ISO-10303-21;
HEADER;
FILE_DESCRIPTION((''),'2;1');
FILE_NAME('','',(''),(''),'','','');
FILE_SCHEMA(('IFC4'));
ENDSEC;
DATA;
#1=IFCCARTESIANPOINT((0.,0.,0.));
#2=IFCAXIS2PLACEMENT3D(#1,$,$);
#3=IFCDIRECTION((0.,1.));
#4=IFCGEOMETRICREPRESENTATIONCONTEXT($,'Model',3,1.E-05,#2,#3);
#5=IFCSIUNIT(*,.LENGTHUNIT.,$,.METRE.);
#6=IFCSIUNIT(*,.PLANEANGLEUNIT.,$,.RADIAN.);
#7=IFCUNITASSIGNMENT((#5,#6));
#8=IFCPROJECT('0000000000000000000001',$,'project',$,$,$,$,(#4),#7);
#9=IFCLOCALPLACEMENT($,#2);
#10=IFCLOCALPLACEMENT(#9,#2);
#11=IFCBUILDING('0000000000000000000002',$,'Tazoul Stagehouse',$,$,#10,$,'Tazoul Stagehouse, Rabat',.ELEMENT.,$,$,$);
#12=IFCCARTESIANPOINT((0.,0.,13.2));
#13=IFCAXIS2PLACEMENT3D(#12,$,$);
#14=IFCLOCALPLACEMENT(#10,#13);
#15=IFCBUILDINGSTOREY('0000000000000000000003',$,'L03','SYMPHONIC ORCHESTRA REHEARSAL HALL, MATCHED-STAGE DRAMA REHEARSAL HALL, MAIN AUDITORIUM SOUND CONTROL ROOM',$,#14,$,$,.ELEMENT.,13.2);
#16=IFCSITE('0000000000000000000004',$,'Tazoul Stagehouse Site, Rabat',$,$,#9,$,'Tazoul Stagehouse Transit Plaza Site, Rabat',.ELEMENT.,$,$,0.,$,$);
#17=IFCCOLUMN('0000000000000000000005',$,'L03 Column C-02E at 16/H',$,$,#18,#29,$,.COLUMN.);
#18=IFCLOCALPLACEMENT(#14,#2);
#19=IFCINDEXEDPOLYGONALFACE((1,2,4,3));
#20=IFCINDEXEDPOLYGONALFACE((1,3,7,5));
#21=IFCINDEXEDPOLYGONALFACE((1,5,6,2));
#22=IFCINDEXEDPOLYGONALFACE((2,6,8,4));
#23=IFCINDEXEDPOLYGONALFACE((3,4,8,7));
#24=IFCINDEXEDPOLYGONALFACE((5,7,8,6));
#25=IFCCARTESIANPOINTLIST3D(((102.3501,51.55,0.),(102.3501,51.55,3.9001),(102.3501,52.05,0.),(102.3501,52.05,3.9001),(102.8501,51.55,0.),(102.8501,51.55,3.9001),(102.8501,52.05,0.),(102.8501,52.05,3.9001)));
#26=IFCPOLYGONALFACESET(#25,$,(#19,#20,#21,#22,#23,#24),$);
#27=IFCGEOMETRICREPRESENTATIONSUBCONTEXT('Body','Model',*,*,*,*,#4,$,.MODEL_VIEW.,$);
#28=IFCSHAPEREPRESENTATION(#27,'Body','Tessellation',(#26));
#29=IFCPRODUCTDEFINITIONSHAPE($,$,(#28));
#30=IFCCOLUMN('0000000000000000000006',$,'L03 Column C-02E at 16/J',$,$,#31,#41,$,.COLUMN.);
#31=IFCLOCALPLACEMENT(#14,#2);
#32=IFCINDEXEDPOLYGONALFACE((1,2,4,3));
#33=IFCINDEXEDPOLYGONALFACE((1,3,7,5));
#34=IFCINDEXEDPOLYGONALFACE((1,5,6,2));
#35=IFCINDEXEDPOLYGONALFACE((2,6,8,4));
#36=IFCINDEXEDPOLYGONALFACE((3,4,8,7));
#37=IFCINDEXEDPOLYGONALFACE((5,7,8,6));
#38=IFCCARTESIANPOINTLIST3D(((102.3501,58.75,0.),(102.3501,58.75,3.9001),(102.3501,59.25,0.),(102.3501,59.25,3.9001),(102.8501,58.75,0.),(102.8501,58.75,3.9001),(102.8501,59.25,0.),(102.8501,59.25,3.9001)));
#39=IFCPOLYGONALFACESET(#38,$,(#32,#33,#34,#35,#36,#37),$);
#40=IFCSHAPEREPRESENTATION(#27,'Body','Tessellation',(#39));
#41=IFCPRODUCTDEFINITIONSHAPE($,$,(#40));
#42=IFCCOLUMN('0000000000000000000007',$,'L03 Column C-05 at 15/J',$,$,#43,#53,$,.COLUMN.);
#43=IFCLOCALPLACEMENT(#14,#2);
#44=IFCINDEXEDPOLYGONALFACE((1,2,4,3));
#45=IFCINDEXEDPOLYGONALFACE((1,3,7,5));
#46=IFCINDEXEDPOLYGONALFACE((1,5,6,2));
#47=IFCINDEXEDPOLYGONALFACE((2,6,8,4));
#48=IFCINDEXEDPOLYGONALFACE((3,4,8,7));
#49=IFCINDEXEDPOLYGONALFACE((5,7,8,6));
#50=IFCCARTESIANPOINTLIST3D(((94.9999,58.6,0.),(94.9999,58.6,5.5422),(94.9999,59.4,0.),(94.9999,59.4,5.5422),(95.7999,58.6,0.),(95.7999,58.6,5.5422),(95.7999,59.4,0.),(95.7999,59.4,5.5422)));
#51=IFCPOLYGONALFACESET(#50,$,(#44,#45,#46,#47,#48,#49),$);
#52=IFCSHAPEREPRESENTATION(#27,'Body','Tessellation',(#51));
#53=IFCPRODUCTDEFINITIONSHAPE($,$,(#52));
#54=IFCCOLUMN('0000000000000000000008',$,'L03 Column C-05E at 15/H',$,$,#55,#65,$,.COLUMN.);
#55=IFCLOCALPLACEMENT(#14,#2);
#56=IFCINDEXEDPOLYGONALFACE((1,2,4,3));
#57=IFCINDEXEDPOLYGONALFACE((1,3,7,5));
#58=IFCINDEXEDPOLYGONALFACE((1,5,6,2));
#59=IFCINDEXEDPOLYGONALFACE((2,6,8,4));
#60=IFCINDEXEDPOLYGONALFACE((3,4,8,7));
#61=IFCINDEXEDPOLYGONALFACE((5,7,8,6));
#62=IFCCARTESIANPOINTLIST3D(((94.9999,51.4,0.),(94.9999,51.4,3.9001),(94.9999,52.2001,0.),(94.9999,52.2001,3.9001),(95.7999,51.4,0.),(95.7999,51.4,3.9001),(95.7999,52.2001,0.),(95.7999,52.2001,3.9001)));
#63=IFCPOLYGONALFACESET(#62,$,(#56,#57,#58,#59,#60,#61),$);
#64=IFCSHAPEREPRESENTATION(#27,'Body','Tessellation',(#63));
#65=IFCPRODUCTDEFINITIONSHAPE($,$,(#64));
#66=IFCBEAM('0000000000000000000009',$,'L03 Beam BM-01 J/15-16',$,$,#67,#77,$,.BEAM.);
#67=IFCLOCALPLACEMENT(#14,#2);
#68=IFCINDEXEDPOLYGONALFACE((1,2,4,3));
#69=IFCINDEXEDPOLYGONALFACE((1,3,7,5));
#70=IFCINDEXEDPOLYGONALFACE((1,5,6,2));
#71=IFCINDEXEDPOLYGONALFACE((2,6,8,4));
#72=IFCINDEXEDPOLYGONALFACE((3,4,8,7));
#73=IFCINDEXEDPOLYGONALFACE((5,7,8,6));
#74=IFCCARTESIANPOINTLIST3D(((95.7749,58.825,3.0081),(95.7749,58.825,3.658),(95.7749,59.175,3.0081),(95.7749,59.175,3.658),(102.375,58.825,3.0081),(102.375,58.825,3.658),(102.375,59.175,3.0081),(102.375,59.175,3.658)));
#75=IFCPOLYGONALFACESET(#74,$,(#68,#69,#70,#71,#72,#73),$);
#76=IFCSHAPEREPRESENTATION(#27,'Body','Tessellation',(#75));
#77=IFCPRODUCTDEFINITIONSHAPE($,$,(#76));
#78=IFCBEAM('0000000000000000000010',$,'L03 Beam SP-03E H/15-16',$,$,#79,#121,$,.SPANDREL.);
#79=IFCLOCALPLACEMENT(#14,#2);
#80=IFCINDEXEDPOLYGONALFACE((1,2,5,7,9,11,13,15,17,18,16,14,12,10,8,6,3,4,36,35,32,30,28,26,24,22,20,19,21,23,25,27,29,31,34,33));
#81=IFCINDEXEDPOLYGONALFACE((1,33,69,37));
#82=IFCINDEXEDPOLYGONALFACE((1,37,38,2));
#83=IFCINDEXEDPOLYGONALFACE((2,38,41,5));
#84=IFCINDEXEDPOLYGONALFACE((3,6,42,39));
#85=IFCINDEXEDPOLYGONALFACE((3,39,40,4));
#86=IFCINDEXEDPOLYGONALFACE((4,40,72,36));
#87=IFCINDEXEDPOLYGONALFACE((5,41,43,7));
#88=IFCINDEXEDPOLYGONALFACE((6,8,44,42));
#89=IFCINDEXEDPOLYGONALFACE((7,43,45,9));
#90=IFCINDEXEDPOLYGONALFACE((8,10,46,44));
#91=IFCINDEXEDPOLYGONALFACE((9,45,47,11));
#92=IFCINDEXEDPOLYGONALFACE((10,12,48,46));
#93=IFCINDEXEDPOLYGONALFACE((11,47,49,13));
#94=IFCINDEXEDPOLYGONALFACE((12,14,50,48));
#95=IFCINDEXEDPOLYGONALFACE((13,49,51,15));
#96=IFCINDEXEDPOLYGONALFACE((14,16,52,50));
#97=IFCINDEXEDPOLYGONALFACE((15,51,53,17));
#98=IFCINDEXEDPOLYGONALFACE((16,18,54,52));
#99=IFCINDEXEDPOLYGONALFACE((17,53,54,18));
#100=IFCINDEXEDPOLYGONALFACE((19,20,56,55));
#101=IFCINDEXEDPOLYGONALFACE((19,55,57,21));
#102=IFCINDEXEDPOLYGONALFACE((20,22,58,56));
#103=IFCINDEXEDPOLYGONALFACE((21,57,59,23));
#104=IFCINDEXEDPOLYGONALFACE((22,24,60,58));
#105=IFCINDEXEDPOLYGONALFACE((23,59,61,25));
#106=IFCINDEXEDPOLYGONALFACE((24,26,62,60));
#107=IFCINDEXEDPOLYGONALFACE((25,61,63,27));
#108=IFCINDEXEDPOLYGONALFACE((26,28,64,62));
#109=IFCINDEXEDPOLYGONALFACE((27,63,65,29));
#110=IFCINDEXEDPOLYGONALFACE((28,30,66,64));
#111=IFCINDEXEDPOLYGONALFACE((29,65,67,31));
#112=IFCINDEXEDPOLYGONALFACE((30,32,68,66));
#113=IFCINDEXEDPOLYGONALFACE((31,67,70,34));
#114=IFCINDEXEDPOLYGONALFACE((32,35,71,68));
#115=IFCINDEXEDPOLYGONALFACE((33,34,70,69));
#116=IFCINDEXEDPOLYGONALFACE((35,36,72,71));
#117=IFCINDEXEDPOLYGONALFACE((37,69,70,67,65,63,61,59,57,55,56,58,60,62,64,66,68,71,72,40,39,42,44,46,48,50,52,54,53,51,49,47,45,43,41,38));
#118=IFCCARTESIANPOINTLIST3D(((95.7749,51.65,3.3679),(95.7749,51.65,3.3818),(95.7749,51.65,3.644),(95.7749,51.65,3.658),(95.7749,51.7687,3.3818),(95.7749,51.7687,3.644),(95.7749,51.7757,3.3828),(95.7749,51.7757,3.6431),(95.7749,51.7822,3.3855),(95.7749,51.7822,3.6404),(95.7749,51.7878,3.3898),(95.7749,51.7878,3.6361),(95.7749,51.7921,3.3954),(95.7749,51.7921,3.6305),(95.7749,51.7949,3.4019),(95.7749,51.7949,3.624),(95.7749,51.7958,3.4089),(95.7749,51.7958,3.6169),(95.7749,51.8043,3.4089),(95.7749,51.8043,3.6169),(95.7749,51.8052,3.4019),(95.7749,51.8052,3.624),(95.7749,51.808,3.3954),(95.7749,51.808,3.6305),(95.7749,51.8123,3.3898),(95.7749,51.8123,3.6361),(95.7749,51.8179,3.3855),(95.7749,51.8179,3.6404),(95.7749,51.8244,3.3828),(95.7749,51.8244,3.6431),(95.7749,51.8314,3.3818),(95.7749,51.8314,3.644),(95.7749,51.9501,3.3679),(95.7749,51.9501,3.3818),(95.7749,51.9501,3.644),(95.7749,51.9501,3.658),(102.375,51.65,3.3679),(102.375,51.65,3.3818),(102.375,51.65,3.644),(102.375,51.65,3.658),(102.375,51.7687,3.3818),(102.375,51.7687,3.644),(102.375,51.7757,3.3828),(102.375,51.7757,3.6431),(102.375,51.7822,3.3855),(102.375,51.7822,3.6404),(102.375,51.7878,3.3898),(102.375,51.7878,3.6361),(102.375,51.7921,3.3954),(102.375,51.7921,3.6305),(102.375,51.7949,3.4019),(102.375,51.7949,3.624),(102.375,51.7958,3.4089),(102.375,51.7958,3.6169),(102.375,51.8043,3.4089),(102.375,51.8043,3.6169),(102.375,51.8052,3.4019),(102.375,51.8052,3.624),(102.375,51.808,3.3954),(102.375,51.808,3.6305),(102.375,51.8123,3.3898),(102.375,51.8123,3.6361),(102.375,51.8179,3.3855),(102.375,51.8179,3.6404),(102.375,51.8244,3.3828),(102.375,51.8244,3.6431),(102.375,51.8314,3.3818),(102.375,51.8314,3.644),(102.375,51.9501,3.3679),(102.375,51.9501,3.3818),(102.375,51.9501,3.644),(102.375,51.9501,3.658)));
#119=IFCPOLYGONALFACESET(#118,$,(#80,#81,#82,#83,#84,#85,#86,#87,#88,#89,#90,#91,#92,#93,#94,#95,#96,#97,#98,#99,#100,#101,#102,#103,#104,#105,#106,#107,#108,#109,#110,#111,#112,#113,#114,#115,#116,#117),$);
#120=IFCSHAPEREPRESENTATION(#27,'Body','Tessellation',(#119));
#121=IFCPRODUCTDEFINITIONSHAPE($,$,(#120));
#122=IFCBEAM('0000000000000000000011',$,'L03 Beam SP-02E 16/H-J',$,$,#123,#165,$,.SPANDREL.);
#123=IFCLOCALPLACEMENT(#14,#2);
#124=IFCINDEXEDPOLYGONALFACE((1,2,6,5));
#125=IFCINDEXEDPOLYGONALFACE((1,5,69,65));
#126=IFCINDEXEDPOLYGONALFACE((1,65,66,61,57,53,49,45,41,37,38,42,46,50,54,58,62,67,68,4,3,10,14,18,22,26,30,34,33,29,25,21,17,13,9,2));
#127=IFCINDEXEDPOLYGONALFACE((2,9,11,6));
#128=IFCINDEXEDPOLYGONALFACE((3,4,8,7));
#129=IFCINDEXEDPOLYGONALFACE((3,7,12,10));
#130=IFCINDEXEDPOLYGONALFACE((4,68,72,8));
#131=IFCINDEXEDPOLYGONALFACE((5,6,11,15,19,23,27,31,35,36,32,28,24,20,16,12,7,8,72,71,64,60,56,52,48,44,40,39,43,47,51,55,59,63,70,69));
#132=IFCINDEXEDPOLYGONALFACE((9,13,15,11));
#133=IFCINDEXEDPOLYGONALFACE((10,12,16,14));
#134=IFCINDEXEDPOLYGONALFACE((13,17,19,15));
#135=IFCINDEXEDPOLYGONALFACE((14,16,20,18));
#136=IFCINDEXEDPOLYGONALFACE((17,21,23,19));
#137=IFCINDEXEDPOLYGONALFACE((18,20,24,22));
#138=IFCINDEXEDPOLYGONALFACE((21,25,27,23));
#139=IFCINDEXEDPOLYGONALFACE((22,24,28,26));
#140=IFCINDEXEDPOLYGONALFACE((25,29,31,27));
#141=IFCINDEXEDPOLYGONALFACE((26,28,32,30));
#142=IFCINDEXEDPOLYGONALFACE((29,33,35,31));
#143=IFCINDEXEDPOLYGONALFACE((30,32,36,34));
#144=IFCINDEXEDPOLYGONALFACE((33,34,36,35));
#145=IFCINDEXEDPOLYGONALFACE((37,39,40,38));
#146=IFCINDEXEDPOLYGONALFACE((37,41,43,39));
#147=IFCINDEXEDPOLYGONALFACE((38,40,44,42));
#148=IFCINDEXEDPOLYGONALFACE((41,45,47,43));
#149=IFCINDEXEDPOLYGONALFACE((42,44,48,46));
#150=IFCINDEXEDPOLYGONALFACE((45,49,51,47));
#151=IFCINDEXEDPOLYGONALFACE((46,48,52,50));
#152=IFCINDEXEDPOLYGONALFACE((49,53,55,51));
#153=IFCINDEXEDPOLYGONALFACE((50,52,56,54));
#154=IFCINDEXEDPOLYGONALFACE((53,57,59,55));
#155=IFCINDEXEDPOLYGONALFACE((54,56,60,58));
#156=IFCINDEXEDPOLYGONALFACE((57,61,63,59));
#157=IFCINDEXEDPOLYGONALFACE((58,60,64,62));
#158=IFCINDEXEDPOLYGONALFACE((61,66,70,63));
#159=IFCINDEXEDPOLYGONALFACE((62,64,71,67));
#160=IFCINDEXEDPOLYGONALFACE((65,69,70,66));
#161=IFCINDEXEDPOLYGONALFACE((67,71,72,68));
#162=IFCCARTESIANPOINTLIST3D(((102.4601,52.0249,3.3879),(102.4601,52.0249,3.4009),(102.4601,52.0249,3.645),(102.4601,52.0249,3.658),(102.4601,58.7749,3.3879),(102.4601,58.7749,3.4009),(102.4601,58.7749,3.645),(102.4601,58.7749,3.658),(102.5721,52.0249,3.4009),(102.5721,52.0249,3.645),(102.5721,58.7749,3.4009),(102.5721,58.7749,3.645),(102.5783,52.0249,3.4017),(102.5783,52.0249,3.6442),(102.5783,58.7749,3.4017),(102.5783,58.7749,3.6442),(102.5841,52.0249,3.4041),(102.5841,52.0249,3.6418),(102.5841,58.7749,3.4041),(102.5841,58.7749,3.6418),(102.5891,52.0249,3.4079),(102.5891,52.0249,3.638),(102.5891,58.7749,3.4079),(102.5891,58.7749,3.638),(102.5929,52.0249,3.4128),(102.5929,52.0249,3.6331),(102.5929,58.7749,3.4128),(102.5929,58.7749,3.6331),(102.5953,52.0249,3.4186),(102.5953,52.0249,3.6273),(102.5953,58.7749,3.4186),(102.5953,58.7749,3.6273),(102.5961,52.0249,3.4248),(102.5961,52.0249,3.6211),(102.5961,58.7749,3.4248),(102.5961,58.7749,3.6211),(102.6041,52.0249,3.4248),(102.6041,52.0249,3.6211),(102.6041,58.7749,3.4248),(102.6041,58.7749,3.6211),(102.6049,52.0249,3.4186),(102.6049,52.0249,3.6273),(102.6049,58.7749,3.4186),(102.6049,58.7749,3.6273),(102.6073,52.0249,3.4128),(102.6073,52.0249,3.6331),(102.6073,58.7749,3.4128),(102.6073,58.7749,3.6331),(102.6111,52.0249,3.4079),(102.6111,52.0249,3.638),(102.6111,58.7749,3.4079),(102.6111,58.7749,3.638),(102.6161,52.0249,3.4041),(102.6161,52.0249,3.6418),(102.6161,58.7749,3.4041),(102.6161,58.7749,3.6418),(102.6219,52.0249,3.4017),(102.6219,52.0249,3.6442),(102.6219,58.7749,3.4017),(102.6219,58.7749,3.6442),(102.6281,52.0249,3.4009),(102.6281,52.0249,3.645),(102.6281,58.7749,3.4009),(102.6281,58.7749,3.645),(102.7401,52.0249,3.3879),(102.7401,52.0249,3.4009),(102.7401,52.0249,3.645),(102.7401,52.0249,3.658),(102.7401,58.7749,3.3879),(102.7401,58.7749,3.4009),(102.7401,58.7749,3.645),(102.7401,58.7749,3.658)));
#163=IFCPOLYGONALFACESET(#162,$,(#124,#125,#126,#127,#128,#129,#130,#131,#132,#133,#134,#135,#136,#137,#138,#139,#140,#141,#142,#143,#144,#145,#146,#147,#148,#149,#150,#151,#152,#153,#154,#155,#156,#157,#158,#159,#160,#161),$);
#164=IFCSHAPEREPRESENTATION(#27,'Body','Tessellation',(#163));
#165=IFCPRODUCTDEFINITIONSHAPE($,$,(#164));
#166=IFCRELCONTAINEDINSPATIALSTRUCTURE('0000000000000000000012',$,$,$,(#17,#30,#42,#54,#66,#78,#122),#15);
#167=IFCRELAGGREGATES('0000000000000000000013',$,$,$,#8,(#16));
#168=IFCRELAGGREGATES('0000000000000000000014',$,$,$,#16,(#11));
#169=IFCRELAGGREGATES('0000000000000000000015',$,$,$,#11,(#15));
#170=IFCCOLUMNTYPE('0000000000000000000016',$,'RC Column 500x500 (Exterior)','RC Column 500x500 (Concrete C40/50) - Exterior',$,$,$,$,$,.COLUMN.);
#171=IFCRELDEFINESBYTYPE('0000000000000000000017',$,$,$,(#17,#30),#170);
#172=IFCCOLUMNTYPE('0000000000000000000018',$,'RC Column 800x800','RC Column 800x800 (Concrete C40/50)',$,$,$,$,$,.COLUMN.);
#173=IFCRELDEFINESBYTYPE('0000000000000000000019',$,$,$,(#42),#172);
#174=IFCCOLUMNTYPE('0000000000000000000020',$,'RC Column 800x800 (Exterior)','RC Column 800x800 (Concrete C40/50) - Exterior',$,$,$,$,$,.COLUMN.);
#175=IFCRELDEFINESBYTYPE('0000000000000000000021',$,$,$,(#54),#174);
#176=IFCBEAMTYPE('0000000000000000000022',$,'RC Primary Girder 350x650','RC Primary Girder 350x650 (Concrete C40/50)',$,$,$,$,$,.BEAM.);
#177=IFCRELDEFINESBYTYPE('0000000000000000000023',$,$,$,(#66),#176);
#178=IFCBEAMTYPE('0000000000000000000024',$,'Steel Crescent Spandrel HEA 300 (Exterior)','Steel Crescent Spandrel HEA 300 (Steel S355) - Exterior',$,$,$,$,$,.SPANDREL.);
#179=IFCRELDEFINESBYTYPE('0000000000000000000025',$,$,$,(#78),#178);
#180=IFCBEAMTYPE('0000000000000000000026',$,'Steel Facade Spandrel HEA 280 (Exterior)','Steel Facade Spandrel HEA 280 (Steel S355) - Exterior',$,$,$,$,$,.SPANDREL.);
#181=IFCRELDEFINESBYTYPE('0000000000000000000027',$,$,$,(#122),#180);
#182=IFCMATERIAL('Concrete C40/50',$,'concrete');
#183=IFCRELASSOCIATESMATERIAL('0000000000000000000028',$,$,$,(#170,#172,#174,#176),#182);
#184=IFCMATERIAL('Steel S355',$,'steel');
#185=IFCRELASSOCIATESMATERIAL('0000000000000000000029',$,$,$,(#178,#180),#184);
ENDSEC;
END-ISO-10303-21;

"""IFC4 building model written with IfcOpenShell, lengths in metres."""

from ifc_helpers import new_model, si_unit, direction, frame, origin, origin_2d, place, context, subcontext, project, spatial, rectangle, i_section, extrude, material, material_profile, profile_set, type_object, element, save


model = new_model("IFC4")

# Units and contexts
model_context = context("Model", 3, precision=1e-05, world=origin(), true_north=direction((0.0, 1.0)))
body_context = subcontext(model_context, "Body", "Model", "MODEL_VIEW")
ifc_project = project(units=[si_unit("LENGTHUNIT", "METRE"), si_unit("PLANEANGLEUNIT", "RADIAN")], contexts=[model_context])

# Site, building, storey
site_placement = place(None, origin())
site = spatial("IfcSite", under=ifc_project, at=site_placement, Name="Tazoul Stagehouse Site, Rabat", LongName="Tazoul Stagehouse Transit Plaza Site, Rabat", CompositionType="ELEMENT", RefElevation=0.0)
building_placement = place(site_placement, origin())
building = spatial("IfcBuilding", under=site, at=building_placement, Name="Tazoul Stagehouse", LongName="Tazoul Stagehouse, Rabat", CompositionType="ELEMENT")
storey_placement = place(building_placement, frame((0.0, 0.0, 13.2)))
storey = spatial("IfcBuildingStorey", under=building, at=storey_placement, Name="L03", Description="SYMPHONIC ORCHESTRA REHEARSAL HALL, MATCHED-STAGE DRAMA REHEARSAL HALL, MAIN AUDITORIUM SOUND CONTROL ROOM", CompositionType="ELEMENT", Elevation=13.2)

# Columns
ifc_material_1 = material(Name="Concrete C40/50", Category="concrete")
ifc_material_profile_1 = material_profile(ifc_material_1, rectangle(XDim=0.5, YDim=0.5, at=origin_2d()), Name="RC 500x500")
ifc_profile_set_1 = profile_set([ifc_material_profile_1], Name="Concrete C40/50")
column_type_1 = type_object("IfcColumnType", Name="RC Column 500x500 (Exterior)", Description="RC Column 500x500 (Concrete C40/50) - Exterior", PredefinedType="COLUMN", material=ifc_profile_set_1)
for number, where, z_axis, x_axis, name in (
    (1, (102.6001, 51.8, 0.0), (0.0, 0.0, 1.0), (1.0, 0.0, 0.0), "L03 Column C-02E at 16/H"),
    (2, (102.6001, 59.0, 0.0), (0.0, 0.0, 1.0), (1.0, 0.0, 0.0), "L03 Column C-02E at 16/J"),
):
    element("IfcColumn", number, at=place(storey_placement, frame(where, z_axis=z_axis, x_axis=x_axis)), inside=storey, type_object=column_type_1, Name=name, PredefinedType="COLUMN", context=body_context, shape_type="SweptSolid", body=[
        extrude(rectangle(XDim=0.5, YDim=0.5, at=origin_2d()), origin(), (0.0, 0.0, 1.0), 3.9001),
    ])
ifc_material_profile_2 = material_profile(ifc_material_1, rectangle(XDim=0.8, YDim=0.8, at=origin_2d()), Name="RC 800x800")
ifc_profile_set_2 = profile_set([ifc_material_profile_2], Name="Concrete C40/50")
column_type_2 = type_object("IfcColumnType", Name="RC Column 800x800", Description="RC Column 800x800 (Concrete C40/50)", PredefinedType="COLUMN", material=ifc_profile_set_2)
column_1_placement = place(storey_placement, frame((95.3999, 59.0, 0.0), z_axis=(0.0, 0.0, 1.0), x_axis=(1.0, 0.0, 0.0)))
element("IfcColumn", 3, at=column_1_placement, inside=storey, type_object=column_type_2, Name="L03 Column C-05 at 15/J", PredefinedType="COLUMN", context=body_context, shape_type="SweptSolid", body=[
    extrude(rectangle(XDim=0.8, YDim=0.8, at=origin_2d()), origin(), (0.0, 0.0, 1.0), 5.5422),
])
ifc_material_profile_3 = material_profile(ifc_material_1, rectangle(XDim=0.8, YDim=0.8, at=origin_2d()), Name="RC 800x800")
ifc_profile_set_3 = profile_set([ifc_material_profile_3], Name="Concrete C40/50")
column_type_3 = type_object("IfcColumnType", Name="RC Column 800x800 (Exterior)", Description="RC Column 800x800 (Concrete C40/50) - Exterior", PredefinedType="COLUMN", material=ifc_profile_set_3)
column_2_placement = place(storey_placement, frame((95.3999, 51.8, 0.0), z_axis=(0.0, 0.0, 1.0), x_axis=(1.0, 0.0, 0.0)))
element("IfcColumn", 4, at=column_2_placement, inside=storey, type_object=column_type_3, Name="L03 Column C-05E at 15/H", PredefinedType="COLUMN", context=body_context, shape_type="SweptSolid", body=[
    extrude(rectangle(XDim=0.8, YDim=0.8, at=origin_2d()), origin(), (0.0, 0.0, 1.0), 3.9001),
])

# Beams
ifc_material_profile_4 = material_profile(ifc_material_1, rectangle(XDim=0.3501, YDim=0.6499, at=origin_2d()), Name="RC 350x650")
ifc_profile_set_4 = profile_set([ifc_material_profile_4], Name="Concrete C40/50")
beam_type_1 = type_object("IfcBeamType", Name="RC Primary Girder 350x650", Description="RC Primary Girder 350x650 (Concrete C40/50)", PredefinedType="BEAM", material=ifc_profile_set_4)
beam_1_placement = place(storey_placement, frame((95.7749, 59.0, 3.333), z_axis=(1.0, 0.0, 0.0), x_axis=(0.0, 1.0, 0.0)))
element("IfcBeam", 5, at=beam_1_placement, inside=storey, type_object=beam_type_1, Name="L03 Beam BM-01 J/15-16", PredefinedType="BEAM", context=body_context, shape_type="SweptSolid", body=[
    extrude(rectangle(XDim=0.3501, YDim=0.6499, at=origin_2d()), origin(), (0.0, 0.0, 1.0), 6.6001),
])
ifc_material_2 = material(Name="Steel S355", Category="steel")
ifc_material_profile_5 = material_profile(ifc_material_2, i_section(OverallWidth=0.3, OverallDepth=0.29, WebThickness=0.0085, FlangeThickness=0.0139, FilletRadius=0.0271, at=origin_2d()), Name="HEA 300")
ifc_profile_set_5 = profile_set([ifc_material_profile_5], Name="Steel S355")
beam_type_2 = type_object("IfcBeamType", Name="Steel Crescent Spandrel HEA 300 (Exterior)", Description="Steel Crescent Spandrel HEA 300 (Steel S355) - Exterior", PredefinedType="SPANDREL", material=ifc_profile_set_5)
beam_2_placement = place(storey_placement, frame((95.7749, 51.8, 3.5129), z_axis=(1.0, 0.0, 0.0), x_axis=(0.0, 1.0, 0.0)))
element("IfcBeam", 6, at=beam_2_placement, inside=storey, type_object=beam_type_2, Name="L03 Beam SP-03E H/15-16", PredefinedType="SPANDREL", context=body_context, shape_type="SweptSolid", body=[
    extrude(i_section(OverallWidth=0.3, OverallDepth=0.29, WebThickness=0.0085, FlangeThickness=0.0139, FilletRadius=0.0271, at=origin_2d()), origin(), (0.0, 0.0, 1.0), 6.6001),
])
ifc_material_profile_6 = material_profile(ifc_material_2, i_section(OverallWidth=0.28, OverallDepth=0.27, WebThickness=0.0081, FlangeThickness=0.0129, FilletRadius=0.0239, at=origin_2d()), Name="HEA 280")
ifc_profile_set_6 = profile_set([ifc_material_profile_6], Name="Steel S355")
beam_type_3 = type_object("IfcBeamType", Name="Steel Facade Spandrel HEA 280 (Exterior)", Description="Steel Facade Spandrel HEA 280 (Steel S355) - Exterior", PredefinedType="SPANDREL", material=ifc_profile_set_6)
beam_3_placement = place(storey_placement, frame((102.6001, 52.0249, 3.5229), z_axis=(0.0, 1.0, 0.0), x_axis=(-1.0, 0.0, 0.0)))
element("IfcBeam", 7, at=beam_3_placement, inside=storey, type_object=beam_type_3, Name="L03 Beam SP-02E 16/H-J", PredefinedType="SPANDREL", context=body_context, shape_type="SweptSolid", body=[
    extrude(i_section(OverallWidth=0.28, OverallDepth=0.27, WebThickness=0.0081, FlangeThickness=0.0129, FilletRadius=0.0239, at=origin_2d()), origin(), (0.0, 0.0, 1.0), 6.75),
])

save(model, "model.ifc")
